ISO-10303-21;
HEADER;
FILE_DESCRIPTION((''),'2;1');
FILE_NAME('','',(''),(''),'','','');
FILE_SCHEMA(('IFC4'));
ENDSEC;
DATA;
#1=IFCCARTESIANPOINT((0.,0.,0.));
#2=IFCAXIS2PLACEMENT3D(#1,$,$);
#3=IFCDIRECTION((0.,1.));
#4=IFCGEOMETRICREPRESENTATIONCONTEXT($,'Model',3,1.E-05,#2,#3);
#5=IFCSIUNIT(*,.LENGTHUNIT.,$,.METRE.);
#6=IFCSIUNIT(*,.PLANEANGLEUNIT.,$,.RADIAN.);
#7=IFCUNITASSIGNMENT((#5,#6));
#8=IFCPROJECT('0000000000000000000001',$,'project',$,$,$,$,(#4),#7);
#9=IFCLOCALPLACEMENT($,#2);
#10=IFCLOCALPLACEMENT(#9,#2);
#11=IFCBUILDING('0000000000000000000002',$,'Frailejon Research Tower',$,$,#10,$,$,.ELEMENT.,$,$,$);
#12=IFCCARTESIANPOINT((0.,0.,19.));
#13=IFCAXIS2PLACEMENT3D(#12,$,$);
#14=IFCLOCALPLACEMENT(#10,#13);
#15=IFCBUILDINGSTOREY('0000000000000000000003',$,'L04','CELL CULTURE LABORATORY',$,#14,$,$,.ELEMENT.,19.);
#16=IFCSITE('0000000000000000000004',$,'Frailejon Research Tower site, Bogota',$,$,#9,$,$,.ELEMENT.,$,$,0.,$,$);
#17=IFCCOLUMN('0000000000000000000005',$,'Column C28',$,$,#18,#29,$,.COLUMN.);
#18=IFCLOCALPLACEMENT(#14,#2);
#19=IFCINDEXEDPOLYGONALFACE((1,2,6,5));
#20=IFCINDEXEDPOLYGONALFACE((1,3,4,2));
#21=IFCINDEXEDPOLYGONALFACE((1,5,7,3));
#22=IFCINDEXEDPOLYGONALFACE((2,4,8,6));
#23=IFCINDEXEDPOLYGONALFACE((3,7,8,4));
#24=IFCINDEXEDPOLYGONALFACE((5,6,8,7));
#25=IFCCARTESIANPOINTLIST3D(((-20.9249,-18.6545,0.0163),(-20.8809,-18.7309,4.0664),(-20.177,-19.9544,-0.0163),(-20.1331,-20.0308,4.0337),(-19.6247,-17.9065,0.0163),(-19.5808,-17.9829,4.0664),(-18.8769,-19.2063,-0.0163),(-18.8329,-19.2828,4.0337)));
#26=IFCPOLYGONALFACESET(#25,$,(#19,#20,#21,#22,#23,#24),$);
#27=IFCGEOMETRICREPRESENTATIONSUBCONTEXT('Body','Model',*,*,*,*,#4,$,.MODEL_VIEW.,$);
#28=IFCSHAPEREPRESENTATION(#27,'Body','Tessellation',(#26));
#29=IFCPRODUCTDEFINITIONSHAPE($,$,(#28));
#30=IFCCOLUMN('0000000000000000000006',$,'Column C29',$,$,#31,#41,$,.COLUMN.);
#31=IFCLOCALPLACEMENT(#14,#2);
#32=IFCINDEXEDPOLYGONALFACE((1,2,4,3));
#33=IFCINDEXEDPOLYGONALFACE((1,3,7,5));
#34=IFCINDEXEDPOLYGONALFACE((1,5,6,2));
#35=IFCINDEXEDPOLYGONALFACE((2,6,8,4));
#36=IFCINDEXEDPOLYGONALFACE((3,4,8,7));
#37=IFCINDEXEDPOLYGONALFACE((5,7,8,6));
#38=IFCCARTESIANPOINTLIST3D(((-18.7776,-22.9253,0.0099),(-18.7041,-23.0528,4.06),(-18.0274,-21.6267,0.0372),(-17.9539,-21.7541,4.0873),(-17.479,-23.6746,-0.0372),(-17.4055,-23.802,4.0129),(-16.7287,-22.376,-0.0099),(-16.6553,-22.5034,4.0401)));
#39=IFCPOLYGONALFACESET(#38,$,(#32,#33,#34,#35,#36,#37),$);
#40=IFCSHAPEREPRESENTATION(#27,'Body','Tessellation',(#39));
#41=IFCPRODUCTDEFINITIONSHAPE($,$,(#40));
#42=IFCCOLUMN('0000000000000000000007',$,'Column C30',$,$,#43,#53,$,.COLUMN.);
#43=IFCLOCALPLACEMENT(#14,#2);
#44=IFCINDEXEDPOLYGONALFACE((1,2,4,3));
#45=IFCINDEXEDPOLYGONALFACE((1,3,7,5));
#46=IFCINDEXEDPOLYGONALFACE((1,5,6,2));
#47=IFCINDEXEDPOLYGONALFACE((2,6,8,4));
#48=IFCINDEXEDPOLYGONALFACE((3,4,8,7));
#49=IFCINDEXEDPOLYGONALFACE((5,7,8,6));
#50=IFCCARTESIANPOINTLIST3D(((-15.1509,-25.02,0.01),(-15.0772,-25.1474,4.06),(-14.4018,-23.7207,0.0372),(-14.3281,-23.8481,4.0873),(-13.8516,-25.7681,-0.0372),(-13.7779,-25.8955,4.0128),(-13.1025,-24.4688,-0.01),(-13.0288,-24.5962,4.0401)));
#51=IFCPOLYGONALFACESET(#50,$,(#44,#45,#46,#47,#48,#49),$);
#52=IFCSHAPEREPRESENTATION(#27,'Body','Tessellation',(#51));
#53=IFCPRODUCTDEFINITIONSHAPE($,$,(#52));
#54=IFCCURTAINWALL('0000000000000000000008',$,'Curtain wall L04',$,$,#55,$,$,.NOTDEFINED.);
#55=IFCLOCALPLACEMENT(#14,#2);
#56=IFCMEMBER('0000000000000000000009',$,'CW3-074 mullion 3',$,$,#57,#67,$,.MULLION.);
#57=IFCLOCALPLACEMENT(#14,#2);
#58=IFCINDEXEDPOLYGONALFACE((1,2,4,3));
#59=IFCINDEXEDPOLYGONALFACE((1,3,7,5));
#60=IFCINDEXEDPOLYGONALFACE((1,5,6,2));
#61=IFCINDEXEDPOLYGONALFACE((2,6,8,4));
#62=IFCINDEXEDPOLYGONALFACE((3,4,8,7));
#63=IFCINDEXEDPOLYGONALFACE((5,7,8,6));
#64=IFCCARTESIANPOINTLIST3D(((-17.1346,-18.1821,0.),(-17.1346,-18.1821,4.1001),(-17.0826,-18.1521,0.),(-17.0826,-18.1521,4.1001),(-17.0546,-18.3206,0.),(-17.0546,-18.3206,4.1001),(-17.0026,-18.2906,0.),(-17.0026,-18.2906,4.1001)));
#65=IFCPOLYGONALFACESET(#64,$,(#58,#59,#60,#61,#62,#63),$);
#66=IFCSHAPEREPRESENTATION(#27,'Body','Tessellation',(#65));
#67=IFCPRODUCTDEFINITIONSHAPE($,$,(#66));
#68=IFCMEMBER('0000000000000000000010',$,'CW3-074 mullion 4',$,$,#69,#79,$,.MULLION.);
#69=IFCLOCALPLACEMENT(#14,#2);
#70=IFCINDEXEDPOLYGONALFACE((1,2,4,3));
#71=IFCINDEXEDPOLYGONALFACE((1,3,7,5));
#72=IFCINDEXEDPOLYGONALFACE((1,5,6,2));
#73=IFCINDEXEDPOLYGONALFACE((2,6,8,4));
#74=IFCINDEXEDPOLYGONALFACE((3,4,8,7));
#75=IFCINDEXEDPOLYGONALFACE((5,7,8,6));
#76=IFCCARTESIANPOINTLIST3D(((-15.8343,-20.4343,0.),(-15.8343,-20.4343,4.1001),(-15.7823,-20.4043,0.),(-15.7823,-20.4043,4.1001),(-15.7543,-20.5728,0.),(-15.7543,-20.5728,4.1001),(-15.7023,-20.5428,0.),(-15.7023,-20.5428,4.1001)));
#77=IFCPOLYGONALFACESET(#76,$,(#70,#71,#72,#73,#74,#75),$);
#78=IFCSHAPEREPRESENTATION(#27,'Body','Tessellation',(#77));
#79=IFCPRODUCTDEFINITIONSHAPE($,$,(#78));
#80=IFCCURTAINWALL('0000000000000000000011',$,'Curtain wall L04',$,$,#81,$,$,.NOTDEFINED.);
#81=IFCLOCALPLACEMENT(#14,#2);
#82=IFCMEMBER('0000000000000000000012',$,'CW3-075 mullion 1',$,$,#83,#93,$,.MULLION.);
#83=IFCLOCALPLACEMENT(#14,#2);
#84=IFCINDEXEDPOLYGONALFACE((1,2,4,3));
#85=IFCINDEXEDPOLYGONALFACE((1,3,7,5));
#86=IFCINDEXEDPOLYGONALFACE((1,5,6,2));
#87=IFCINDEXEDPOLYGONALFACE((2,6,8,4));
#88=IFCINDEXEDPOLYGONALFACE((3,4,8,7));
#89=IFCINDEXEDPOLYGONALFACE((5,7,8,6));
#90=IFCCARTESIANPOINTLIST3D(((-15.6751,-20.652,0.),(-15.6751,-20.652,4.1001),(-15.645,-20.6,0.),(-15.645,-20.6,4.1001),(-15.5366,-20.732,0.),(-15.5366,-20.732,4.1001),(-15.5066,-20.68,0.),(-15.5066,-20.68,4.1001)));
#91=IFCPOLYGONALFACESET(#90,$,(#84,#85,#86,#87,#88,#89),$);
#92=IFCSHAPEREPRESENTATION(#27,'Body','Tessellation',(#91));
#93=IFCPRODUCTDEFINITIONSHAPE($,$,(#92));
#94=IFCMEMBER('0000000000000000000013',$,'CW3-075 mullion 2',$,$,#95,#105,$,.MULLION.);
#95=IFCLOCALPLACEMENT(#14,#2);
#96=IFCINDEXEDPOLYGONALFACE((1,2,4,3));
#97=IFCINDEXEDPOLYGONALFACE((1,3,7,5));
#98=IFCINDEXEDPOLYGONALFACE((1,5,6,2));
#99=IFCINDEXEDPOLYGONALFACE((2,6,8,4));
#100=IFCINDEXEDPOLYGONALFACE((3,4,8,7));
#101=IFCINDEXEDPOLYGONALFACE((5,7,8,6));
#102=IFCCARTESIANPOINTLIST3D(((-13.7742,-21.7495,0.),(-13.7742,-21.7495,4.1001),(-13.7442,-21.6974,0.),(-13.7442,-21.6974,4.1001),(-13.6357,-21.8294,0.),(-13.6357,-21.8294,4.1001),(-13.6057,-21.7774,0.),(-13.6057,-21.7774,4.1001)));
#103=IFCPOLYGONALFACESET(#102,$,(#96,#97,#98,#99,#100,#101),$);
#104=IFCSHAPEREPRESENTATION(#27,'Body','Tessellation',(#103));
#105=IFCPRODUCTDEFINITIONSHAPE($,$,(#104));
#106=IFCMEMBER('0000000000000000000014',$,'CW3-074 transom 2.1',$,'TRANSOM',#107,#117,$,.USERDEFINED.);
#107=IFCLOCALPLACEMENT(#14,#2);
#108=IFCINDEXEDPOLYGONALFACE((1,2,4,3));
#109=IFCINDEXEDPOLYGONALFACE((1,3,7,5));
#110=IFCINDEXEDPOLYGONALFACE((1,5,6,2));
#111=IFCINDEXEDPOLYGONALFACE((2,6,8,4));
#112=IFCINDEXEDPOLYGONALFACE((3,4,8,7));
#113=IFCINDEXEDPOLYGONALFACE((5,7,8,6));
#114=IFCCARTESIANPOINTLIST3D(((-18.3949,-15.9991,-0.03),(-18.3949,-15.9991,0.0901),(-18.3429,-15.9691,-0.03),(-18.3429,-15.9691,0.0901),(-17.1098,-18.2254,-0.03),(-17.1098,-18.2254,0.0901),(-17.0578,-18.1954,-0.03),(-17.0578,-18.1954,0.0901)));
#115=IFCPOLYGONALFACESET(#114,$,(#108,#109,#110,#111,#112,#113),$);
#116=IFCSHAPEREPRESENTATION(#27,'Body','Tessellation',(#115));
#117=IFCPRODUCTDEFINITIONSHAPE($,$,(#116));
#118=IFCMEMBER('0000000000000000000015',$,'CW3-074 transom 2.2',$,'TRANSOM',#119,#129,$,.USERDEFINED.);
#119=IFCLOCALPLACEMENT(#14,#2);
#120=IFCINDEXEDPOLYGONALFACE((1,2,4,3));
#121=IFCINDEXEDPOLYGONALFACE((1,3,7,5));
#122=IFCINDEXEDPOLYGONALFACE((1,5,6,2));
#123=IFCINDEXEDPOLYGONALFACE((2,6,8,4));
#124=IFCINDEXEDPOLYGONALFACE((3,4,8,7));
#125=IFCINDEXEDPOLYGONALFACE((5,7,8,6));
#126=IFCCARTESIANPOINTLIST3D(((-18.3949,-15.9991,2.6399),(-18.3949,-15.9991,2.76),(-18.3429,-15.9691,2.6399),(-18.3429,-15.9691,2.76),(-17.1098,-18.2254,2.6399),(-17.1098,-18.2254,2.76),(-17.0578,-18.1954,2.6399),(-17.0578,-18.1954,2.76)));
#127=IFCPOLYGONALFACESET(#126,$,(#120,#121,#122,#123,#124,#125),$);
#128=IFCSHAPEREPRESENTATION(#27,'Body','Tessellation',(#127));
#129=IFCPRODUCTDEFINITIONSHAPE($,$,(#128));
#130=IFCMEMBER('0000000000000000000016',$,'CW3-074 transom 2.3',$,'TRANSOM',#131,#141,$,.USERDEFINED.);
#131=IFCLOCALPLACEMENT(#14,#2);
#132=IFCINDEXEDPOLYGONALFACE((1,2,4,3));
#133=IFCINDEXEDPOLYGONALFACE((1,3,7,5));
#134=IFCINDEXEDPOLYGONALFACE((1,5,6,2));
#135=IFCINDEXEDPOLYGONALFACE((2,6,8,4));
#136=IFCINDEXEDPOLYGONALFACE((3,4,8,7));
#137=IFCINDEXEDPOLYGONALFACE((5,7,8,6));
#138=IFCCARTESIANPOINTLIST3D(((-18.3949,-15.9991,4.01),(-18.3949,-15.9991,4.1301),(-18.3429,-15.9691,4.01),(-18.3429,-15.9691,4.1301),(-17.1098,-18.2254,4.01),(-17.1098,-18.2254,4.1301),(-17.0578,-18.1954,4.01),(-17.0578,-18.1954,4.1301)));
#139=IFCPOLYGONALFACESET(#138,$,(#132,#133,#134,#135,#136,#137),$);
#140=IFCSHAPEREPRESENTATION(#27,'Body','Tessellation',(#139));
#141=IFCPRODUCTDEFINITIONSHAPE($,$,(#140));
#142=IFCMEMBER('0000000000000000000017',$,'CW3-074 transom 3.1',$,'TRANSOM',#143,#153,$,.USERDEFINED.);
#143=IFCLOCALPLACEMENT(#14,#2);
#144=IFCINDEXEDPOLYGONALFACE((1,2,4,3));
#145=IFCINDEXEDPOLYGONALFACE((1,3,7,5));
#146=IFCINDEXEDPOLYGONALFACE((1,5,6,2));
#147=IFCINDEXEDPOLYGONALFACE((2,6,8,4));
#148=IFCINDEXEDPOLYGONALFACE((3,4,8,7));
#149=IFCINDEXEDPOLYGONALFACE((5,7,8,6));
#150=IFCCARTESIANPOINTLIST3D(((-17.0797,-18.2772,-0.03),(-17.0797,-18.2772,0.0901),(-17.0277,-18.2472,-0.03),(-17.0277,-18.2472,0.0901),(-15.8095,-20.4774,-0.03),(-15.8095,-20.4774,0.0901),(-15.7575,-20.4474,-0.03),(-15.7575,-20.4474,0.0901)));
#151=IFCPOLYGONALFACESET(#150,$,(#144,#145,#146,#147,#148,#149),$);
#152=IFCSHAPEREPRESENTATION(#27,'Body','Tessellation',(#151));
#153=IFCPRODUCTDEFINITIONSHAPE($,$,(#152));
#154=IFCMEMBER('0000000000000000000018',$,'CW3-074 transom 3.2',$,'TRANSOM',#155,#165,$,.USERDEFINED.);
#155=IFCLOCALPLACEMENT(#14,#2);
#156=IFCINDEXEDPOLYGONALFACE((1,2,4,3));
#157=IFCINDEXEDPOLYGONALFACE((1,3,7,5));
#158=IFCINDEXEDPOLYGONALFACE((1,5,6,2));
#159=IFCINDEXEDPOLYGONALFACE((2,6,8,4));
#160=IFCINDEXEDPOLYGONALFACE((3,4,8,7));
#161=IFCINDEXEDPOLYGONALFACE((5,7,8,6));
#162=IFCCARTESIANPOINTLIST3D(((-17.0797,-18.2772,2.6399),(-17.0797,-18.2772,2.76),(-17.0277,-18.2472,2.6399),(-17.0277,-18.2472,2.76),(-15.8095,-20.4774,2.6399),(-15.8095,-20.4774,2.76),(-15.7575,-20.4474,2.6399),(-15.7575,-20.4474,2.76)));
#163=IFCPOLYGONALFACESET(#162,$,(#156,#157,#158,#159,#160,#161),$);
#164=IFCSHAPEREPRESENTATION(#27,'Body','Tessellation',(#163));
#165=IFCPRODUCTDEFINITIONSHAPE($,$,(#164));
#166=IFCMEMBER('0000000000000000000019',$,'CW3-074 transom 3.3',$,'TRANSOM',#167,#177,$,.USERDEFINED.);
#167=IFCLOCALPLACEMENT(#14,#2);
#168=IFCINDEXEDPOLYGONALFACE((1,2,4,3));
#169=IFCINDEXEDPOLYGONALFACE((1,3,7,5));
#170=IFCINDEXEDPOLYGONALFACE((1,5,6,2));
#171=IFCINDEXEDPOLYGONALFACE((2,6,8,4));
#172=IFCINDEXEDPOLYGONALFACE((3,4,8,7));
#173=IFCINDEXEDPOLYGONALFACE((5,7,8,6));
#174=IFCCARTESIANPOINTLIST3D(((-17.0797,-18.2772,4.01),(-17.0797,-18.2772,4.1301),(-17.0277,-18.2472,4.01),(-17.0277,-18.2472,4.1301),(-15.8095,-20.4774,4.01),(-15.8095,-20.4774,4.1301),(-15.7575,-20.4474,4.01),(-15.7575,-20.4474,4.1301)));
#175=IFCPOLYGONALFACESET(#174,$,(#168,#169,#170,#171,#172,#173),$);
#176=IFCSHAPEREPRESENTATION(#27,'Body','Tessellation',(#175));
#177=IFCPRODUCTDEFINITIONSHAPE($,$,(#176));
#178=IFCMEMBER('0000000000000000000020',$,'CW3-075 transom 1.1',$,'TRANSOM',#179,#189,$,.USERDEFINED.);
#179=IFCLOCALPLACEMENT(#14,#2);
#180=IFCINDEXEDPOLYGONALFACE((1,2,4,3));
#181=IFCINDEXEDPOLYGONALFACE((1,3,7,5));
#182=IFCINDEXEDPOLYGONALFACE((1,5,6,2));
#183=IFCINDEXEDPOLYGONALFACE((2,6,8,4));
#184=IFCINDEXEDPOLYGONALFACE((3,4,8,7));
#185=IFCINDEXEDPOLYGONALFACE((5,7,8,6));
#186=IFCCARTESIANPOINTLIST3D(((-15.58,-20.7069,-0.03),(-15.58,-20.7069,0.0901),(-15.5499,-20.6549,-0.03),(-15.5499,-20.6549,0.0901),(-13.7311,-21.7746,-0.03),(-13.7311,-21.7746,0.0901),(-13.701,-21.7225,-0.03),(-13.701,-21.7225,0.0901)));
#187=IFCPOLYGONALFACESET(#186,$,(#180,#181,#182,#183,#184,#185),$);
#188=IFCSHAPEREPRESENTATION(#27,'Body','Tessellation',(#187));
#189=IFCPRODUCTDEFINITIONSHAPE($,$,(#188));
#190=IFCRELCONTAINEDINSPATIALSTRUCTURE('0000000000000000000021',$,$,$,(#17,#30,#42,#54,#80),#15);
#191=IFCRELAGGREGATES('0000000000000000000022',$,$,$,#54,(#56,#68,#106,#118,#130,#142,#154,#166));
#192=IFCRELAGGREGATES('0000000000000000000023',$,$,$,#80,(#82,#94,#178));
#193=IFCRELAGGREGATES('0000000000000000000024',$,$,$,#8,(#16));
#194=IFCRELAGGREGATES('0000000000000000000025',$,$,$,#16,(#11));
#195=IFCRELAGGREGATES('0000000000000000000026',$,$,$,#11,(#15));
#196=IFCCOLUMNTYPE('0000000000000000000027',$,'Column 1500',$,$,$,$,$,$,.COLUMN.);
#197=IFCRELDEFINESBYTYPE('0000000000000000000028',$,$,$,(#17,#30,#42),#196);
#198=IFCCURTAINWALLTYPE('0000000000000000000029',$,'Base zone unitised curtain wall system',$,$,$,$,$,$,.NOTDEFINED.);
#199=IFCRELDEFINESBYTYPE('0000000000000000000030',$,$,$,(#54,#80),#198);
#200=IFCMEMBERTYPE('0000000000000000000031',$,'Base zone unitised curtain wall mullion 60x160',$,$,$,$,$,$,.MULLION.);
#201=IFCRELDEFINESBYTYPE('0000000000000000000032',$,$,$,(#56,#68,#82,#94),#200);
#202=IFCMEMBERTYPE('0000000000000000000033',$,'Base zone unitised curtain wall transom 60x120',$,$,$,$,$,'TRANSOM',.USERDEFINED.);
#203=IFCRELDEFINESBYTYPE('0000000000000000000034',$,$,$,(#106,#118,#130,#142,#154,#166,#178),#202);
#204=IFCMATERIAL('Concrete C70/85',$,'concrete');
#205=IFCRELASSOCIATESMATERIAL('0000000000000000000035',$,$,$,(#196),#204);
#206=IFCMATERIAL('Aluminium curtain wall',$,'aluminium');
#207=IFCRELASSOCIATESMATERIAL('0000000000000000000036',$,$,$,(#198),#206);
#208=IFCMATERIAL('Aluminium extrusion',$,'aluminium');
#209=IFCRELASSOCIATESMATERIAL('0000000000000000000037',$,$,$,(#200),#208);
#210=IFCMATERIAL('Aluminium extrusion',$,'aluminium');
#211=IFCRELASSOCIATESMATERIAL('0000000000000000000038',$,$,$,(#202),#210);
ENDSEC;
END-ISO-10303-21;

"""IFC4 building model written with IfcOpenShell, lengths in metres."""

from ifc_helpers import new_model, si_unit, direction, frame, origin, origin_2d, place, context, subcontext, project, spatial, rectangle, extrude, material, material_profile, profile_set, type_object, element, aggregate, save


model = new_model("IFC4")

# Units and contexts
model_context = context("Model", 3, precision=1e-05, world=origin(), true_north=direction((0.0, 1.0)))
body_context = subcontext(model_context, "Body", "Model", "MODEL_VIEW")
ifc_project = project(units=[si_unit("LENGTHUNIT", "METRE"), si_unit("PLANEANGLEUNIT", "RADIAN")], contexts=[model_context])

# Site, building, storey
site_placement = place(None, origin())
site = spatial("IfcSite", under=ifc_project, at=site_placement, Name="Frailejon Research Tower site, Bogota", CompositionType="ELEMENT", RefElevation=0.0)
building_placement = place(site_placement, origin())
building = spatial("IfcBuilding", under=site, at=building_placement, Name="Frailejon Research Tower", CompositionType="ELEMENT")
storey_placement = place(building_placement, frame((0.0, 0.0, 19.0)))
storey = spatial("IfcBuildingStorey", under=building, at=storey_placement, Name="L04", Description="CELL CULTURE LABORATORY", CompositionType="ELEMENT", Elevation=19.0)

# Columns
ifc_material_1 = material(Name="Concrete C70/85", Category="concrete")
ifc_material_profile_1 = material_profile(ifc_material_1, rectangle(XDim=1.5, YDim=1.5, at=origin_2d()), Name="Column 1500")
ifc_profile_set_1 = profile_set([ifc_material_profile_1], Name="Concrete C70/85")
column_type = type_object("IfcColumnType", Name="Column 1500", PredefinedType="COLUMN", material=ifc_profile_set_1)
column_placement = place(storey_placement, frame((-19.9009, -18.9304, 0.0), z_axis=(0.010848, -0.018863, 0.999763), x_axis=(0.498562, -0.866581, -0.02176)))
element("IfcColumn", 1, at=column_placement, inside=storey, type_object=column_type, Name="Column C28", PredefinedType="COLUMN", context=body_context, shape_type="SweptSolid", body=[
    extrude(rectangle(XDim=1.5, YDim=1.5, at=origin_2d()), origin(), (0.0, 0.0, 1.0), 4.051),
])
for number, where, z_axis, x_axis, name in (
    (2, (-17.7532, -22.6506, 0.0), (0.018133, -0.031446, 0.999341), (0.865741, -0.499505, -0.031426), "Column C29"),
    (3, (-14.1267, -24.7444, 0.0), (0.018193, -0.031446, 0.99934), (0.866186, -0.49873, -0.031462), "Column C30"),
):
    element("IfcColumn", number, at=place(storey_placement, frame(where, z_axis=z_axis, x_axis=x_axis)), inside=storey, type_object=column_type, Name=name, PredefinedType="COLUMN", context=body_context, shape_type="SweptSolid", body=[
        extrude(rectangle(XDim=1.5, YDim=1.5, at=origin_2d()), origin(), (0.0, 0.0, 1.0), 4.0527),
    ])

# Curtain walls, members
ifc_material_2 = material(Name="Aluminium curtain wall", Category="aluminium")
curtain_wall_type = type_object("IfcCurtainWallType", Name="Base zone unitised curtain wall system", PredefinedType="NOTDEFINED", material=ifc_material_2)
curtain_wall_1_placement = place(storey_placement, origin())
curtain_wall_1 = element("IfcCurtainWall", 4, at=curtain_wall_1_placement, inside=storey, type_object=curtain_wall_type, Name="Curtain wall L04", PredefinedType="NOTDEFINED")
ifc_material_3 = material(Name="Aluminium extrusion", Category="aluminium")
ifc_material_profile_2 = material_profile(ifc_material_3, rectangle(XDim=0.0601, YDim=0.1599, at=origin_2d()), Name="Base zone unitised curtain wall mullion 60x160")
ifc_profile_set_2 = profile_set([ifc_material_profile_2], Name="Aluminium extrusion")
member_type_1 = type_object("IfcMemberType", Name="Base zone unitised curtain wall mullion 60x160", PredefinedType="MULLION", material=ifc_profile_set_2)
member_1_placement = place(storey_placement, frame((-17.0686, -18.2363, 0.0), z_axis=(0.0, 0.0, 1.0), x_axis=(0.866027, 0.499997, 0.0)))
member_1 = element("IfcMember", 5, at=member_1_placement, type_object=member_type_1, Name="CW3-074 mullion 3", PredefinedType="MULLION", context=body_context, shape_type="SweptSolid", body=[
    extrude(rectangle(XDim=0.0601, YDim=0.1599, at=origin_2d()), origin(), (0.0, 0.0, 1.0), 4.1001),
])
member_2_placement = place(storey_placement, frame((-15.7683, -20.4885, 0.0), z_axis=(0.0, 0.0, 1.0), x_axis=(0.866027, 0.499997, 0.0)))
member_2 = element("IfcMember", 6, at=member_2_placement, type_object=member_type_1, Name="CW3-074 mullion 4", PredefinedType="MULLION", context=body_context, shape_type="SweptSolid", body=[
    extrude(rectangle(XDim=0.0601, YDim=0.1599, at=origin_2d()), origin(), (0.0, 0.0, 1.0), 4.1001),
])
curtain_wall_2_placement = place(storey_placement, origin())
curtain_wall_2 = element("IfcCurtainWall", 7, at=curtain_wall_2_placement, inside=storey, type_object=curtain_wall_type, Name="Curtain wall L04", PredefinedType="NOTDEFINED")
member_3_placement = place(storey_placement, frame((-15.5908, -20.666, 0.0), z_axis=(0.0, 0.0, 1.0), x_axis=(0.499998, 0.866026, 0.0)))
member_3 = element("IfcMember", 8, at=member_3_placement, type_object=member_type_1, Name="CW3-075 mullion 1", PredefinedType="MULLION", context=body_context, shape_type="SweptSolid", body=[
    extrude(rectangle(XDim=0.0601, YDim=0.1599, at=origin_2d()), origin(), (0.0, 0.0, 1.0), 4.1001),
])
member_4_placement = place(storey_placement, frame((-13.6899, -21.7634, 0.0), z_axis=(0.0, 0.0, 1.0), x_axis=(0.499998, 0.866026, 0.0)))
member_4 = element("IfcMember", 9, at=member_4_placement, type_object=member_type_1, Name="CW3-075 mullion 2", PredefinedType="MULLION", context=body_context, shape_type="SweptSolid", body=[
    extrude(rectangle(XDim=0.0601, YDim=0.1599, at=origin_2d()), origin(), (0.0, 0.0, 1.0), 4.1001),
])

# Members
ifc_material_4 = material(Name="Aluminium extrusion", Category="aluminium")
ifc_material_profile_3 = material_profile(ifc_material_4, rectangle(XDim=0.0601, YDim=0.1201, at=origin_2d()), Name="Base zone unitised curtain wall transom 60x120")
ifc_profile_set_3 = profile_set([ifc_material_profile_3], Name="Aluminium extrusion")
member_type_2 = type_object("IfcMemberType", Name="Base zone unitised curtain wall transom 60x120", ElementType="TRANSOM", PredefinedType="USERDEFINED", material=ifc_profile_set_3)
member_5_placement = place(storey_placement, frame((-18.3689, -15.9841, 0.03), z_axis=(0.499939, -0.866061, 0.0), x_axis=(0.866061, 0.499939, 0.0)))
member_5 = element("IfcMember", 10, at=member_5_placement, type_object=member_type_2, Name="CW3-074 transom 2.1", ObjectType="TRANSOM", PredefinedType="USERDEFINED", context=body_context, shape_type="SweptSolid", body=[
    extrude(rectangle(XDim=0.0601, YDim=0.1201, at=origin_2d()), origin(), (0.0, 0.0, 1.0), 2.5706),
])
member_6_placement = place(storey_placement, frame((-18.3689, -15.9841, 2.7), z_axis=(0.499939, -0.866061, 0.0), x_axis=(0.866061, 0.499939, 0.0)))
member_6 = element("IfcMember", 11, at=member_6_placement, type_object=member_type_2, Name="CW3-074 transom 2.2", ObjectType="TRANSOM", PredefinedType="USERDEFINED", context=body_context, shape_type="SweptSolid", body=[
    extrude(rectangle(XDim=0.0601, YDim=0.1201, at=origin_2d()), origin(), (0.0, 0.0, 1.0), 2.5706),
])
member_7_placement = place(storey_placement, frame((-18.3689, -15.9841, 4.0701), z_axis=(0.499939, -0.866061, 0.0), x_axis=(0.866061, 0.499939, 0.0)))
member_7 = element("IfcMember", 12, at=member_7_placement, type_object=member_type_2, Name="CW3-074 transom 2.3", ObjectType="TRANSOM", PredefinedType="USERDEFINED", context=body_context, shape_type="SweptSolid", body=[
    extrude(rectangle(XDim=0.0601, YDim=0.1201, at=origin_2d()), origin(), (0.0, 0.0, 1.0), 2.5706),
])
member_8_placement = place(storey_placement, frame((-17.0537, -18.2622, 0.03), z_axis=(0.499994, -0.866029, 0.0), x_axis=(0.866029, 0.499994, 0.0)))
member_8 = element("IfcMember", 13, at=member_8_placement, type_object=member_type_2, Name="CW3-074 transom 3.1", ObjectType="TRANSOM", PredefinedType="USERDEFINED", context=body_context, shape_type="SweptSolid", body=[
    extrude(rectangle(XDim=0.0601, YDim=0.1201, at=origin_2d()), origin(), (0.0, 0.0, 1.0), 2.5405),
])
member_9_placement = place(storey_placement, frame((-17.0537, -18.2622, 2.7), z_axis=(0.499994, -0.866029, 0.0), x_axis=(0.866029, 0.499994, 0.0)))
member_9 = element("IfcMember", 14, at=member_9_placement, type_object=member_type_2, Name="CW3-074 transom 3.2", ObjectType="TRANSOM", PredefinedType="USERDEFINED", context=body_context, shape_type="SweptSolid", body=[
    extrude(rectangle(XDim=0.0601, YDim=0.1201, at=origin_2d()), origin(), (0.0, 0.0, 1.0), 2.5405),
])
member_10_placement = place(storey_placement, frame((-17.0537, -18.2622, 4.0701), z_axis=(0.499994, -0.866029, 0.0), x_axis=(0.866029, 0.499994, 0.0)))
member_10 = element("IfcMember", 15, at=member_10_placement, type_object=member_type_2, Name="CW3-074 transom 3.3", ObjectType="TRANSOM", PredefinedType="USERDEFINED", context=body_context, shape_type="SweptSolid", body=[
    extrude(rectangle(XDim=0.0601, YDim=0.1201, at=origin_2d()), origin(), (0.0, 0.0, 1.0), 2.5405),
])
member_11_placement = place(storey_placement, frame((-15.5649, -20.6809, 0.03), z_axis=(0.865989, -0.500062, 0.0), x_axis=(0.500062, 0.865989, 0.0)))
member_11 = element("IfcMember", 16, at=member_11_placement, type_object=member_type_2, Name="CW3-075 transom 1.1", ObjectType="TRANSOM", PredefinedType="USERDEFINED", context=body_context, shape_type="SweptSolid", body=[
    extrude(rectangle(XDim=0.0601, YDim=0.1201, at=origin_2d()), origin(), (0.0, 0.0, 1.0), 2.135),
])

aggregate(curtain_wall_1, [member_1, member_2, member_5, member_6, member_7, member_8, member_9, member_10])
aggregate(curtain_wall_2, [member_3, member_4, member_11])

save(model, "model.ifc")
